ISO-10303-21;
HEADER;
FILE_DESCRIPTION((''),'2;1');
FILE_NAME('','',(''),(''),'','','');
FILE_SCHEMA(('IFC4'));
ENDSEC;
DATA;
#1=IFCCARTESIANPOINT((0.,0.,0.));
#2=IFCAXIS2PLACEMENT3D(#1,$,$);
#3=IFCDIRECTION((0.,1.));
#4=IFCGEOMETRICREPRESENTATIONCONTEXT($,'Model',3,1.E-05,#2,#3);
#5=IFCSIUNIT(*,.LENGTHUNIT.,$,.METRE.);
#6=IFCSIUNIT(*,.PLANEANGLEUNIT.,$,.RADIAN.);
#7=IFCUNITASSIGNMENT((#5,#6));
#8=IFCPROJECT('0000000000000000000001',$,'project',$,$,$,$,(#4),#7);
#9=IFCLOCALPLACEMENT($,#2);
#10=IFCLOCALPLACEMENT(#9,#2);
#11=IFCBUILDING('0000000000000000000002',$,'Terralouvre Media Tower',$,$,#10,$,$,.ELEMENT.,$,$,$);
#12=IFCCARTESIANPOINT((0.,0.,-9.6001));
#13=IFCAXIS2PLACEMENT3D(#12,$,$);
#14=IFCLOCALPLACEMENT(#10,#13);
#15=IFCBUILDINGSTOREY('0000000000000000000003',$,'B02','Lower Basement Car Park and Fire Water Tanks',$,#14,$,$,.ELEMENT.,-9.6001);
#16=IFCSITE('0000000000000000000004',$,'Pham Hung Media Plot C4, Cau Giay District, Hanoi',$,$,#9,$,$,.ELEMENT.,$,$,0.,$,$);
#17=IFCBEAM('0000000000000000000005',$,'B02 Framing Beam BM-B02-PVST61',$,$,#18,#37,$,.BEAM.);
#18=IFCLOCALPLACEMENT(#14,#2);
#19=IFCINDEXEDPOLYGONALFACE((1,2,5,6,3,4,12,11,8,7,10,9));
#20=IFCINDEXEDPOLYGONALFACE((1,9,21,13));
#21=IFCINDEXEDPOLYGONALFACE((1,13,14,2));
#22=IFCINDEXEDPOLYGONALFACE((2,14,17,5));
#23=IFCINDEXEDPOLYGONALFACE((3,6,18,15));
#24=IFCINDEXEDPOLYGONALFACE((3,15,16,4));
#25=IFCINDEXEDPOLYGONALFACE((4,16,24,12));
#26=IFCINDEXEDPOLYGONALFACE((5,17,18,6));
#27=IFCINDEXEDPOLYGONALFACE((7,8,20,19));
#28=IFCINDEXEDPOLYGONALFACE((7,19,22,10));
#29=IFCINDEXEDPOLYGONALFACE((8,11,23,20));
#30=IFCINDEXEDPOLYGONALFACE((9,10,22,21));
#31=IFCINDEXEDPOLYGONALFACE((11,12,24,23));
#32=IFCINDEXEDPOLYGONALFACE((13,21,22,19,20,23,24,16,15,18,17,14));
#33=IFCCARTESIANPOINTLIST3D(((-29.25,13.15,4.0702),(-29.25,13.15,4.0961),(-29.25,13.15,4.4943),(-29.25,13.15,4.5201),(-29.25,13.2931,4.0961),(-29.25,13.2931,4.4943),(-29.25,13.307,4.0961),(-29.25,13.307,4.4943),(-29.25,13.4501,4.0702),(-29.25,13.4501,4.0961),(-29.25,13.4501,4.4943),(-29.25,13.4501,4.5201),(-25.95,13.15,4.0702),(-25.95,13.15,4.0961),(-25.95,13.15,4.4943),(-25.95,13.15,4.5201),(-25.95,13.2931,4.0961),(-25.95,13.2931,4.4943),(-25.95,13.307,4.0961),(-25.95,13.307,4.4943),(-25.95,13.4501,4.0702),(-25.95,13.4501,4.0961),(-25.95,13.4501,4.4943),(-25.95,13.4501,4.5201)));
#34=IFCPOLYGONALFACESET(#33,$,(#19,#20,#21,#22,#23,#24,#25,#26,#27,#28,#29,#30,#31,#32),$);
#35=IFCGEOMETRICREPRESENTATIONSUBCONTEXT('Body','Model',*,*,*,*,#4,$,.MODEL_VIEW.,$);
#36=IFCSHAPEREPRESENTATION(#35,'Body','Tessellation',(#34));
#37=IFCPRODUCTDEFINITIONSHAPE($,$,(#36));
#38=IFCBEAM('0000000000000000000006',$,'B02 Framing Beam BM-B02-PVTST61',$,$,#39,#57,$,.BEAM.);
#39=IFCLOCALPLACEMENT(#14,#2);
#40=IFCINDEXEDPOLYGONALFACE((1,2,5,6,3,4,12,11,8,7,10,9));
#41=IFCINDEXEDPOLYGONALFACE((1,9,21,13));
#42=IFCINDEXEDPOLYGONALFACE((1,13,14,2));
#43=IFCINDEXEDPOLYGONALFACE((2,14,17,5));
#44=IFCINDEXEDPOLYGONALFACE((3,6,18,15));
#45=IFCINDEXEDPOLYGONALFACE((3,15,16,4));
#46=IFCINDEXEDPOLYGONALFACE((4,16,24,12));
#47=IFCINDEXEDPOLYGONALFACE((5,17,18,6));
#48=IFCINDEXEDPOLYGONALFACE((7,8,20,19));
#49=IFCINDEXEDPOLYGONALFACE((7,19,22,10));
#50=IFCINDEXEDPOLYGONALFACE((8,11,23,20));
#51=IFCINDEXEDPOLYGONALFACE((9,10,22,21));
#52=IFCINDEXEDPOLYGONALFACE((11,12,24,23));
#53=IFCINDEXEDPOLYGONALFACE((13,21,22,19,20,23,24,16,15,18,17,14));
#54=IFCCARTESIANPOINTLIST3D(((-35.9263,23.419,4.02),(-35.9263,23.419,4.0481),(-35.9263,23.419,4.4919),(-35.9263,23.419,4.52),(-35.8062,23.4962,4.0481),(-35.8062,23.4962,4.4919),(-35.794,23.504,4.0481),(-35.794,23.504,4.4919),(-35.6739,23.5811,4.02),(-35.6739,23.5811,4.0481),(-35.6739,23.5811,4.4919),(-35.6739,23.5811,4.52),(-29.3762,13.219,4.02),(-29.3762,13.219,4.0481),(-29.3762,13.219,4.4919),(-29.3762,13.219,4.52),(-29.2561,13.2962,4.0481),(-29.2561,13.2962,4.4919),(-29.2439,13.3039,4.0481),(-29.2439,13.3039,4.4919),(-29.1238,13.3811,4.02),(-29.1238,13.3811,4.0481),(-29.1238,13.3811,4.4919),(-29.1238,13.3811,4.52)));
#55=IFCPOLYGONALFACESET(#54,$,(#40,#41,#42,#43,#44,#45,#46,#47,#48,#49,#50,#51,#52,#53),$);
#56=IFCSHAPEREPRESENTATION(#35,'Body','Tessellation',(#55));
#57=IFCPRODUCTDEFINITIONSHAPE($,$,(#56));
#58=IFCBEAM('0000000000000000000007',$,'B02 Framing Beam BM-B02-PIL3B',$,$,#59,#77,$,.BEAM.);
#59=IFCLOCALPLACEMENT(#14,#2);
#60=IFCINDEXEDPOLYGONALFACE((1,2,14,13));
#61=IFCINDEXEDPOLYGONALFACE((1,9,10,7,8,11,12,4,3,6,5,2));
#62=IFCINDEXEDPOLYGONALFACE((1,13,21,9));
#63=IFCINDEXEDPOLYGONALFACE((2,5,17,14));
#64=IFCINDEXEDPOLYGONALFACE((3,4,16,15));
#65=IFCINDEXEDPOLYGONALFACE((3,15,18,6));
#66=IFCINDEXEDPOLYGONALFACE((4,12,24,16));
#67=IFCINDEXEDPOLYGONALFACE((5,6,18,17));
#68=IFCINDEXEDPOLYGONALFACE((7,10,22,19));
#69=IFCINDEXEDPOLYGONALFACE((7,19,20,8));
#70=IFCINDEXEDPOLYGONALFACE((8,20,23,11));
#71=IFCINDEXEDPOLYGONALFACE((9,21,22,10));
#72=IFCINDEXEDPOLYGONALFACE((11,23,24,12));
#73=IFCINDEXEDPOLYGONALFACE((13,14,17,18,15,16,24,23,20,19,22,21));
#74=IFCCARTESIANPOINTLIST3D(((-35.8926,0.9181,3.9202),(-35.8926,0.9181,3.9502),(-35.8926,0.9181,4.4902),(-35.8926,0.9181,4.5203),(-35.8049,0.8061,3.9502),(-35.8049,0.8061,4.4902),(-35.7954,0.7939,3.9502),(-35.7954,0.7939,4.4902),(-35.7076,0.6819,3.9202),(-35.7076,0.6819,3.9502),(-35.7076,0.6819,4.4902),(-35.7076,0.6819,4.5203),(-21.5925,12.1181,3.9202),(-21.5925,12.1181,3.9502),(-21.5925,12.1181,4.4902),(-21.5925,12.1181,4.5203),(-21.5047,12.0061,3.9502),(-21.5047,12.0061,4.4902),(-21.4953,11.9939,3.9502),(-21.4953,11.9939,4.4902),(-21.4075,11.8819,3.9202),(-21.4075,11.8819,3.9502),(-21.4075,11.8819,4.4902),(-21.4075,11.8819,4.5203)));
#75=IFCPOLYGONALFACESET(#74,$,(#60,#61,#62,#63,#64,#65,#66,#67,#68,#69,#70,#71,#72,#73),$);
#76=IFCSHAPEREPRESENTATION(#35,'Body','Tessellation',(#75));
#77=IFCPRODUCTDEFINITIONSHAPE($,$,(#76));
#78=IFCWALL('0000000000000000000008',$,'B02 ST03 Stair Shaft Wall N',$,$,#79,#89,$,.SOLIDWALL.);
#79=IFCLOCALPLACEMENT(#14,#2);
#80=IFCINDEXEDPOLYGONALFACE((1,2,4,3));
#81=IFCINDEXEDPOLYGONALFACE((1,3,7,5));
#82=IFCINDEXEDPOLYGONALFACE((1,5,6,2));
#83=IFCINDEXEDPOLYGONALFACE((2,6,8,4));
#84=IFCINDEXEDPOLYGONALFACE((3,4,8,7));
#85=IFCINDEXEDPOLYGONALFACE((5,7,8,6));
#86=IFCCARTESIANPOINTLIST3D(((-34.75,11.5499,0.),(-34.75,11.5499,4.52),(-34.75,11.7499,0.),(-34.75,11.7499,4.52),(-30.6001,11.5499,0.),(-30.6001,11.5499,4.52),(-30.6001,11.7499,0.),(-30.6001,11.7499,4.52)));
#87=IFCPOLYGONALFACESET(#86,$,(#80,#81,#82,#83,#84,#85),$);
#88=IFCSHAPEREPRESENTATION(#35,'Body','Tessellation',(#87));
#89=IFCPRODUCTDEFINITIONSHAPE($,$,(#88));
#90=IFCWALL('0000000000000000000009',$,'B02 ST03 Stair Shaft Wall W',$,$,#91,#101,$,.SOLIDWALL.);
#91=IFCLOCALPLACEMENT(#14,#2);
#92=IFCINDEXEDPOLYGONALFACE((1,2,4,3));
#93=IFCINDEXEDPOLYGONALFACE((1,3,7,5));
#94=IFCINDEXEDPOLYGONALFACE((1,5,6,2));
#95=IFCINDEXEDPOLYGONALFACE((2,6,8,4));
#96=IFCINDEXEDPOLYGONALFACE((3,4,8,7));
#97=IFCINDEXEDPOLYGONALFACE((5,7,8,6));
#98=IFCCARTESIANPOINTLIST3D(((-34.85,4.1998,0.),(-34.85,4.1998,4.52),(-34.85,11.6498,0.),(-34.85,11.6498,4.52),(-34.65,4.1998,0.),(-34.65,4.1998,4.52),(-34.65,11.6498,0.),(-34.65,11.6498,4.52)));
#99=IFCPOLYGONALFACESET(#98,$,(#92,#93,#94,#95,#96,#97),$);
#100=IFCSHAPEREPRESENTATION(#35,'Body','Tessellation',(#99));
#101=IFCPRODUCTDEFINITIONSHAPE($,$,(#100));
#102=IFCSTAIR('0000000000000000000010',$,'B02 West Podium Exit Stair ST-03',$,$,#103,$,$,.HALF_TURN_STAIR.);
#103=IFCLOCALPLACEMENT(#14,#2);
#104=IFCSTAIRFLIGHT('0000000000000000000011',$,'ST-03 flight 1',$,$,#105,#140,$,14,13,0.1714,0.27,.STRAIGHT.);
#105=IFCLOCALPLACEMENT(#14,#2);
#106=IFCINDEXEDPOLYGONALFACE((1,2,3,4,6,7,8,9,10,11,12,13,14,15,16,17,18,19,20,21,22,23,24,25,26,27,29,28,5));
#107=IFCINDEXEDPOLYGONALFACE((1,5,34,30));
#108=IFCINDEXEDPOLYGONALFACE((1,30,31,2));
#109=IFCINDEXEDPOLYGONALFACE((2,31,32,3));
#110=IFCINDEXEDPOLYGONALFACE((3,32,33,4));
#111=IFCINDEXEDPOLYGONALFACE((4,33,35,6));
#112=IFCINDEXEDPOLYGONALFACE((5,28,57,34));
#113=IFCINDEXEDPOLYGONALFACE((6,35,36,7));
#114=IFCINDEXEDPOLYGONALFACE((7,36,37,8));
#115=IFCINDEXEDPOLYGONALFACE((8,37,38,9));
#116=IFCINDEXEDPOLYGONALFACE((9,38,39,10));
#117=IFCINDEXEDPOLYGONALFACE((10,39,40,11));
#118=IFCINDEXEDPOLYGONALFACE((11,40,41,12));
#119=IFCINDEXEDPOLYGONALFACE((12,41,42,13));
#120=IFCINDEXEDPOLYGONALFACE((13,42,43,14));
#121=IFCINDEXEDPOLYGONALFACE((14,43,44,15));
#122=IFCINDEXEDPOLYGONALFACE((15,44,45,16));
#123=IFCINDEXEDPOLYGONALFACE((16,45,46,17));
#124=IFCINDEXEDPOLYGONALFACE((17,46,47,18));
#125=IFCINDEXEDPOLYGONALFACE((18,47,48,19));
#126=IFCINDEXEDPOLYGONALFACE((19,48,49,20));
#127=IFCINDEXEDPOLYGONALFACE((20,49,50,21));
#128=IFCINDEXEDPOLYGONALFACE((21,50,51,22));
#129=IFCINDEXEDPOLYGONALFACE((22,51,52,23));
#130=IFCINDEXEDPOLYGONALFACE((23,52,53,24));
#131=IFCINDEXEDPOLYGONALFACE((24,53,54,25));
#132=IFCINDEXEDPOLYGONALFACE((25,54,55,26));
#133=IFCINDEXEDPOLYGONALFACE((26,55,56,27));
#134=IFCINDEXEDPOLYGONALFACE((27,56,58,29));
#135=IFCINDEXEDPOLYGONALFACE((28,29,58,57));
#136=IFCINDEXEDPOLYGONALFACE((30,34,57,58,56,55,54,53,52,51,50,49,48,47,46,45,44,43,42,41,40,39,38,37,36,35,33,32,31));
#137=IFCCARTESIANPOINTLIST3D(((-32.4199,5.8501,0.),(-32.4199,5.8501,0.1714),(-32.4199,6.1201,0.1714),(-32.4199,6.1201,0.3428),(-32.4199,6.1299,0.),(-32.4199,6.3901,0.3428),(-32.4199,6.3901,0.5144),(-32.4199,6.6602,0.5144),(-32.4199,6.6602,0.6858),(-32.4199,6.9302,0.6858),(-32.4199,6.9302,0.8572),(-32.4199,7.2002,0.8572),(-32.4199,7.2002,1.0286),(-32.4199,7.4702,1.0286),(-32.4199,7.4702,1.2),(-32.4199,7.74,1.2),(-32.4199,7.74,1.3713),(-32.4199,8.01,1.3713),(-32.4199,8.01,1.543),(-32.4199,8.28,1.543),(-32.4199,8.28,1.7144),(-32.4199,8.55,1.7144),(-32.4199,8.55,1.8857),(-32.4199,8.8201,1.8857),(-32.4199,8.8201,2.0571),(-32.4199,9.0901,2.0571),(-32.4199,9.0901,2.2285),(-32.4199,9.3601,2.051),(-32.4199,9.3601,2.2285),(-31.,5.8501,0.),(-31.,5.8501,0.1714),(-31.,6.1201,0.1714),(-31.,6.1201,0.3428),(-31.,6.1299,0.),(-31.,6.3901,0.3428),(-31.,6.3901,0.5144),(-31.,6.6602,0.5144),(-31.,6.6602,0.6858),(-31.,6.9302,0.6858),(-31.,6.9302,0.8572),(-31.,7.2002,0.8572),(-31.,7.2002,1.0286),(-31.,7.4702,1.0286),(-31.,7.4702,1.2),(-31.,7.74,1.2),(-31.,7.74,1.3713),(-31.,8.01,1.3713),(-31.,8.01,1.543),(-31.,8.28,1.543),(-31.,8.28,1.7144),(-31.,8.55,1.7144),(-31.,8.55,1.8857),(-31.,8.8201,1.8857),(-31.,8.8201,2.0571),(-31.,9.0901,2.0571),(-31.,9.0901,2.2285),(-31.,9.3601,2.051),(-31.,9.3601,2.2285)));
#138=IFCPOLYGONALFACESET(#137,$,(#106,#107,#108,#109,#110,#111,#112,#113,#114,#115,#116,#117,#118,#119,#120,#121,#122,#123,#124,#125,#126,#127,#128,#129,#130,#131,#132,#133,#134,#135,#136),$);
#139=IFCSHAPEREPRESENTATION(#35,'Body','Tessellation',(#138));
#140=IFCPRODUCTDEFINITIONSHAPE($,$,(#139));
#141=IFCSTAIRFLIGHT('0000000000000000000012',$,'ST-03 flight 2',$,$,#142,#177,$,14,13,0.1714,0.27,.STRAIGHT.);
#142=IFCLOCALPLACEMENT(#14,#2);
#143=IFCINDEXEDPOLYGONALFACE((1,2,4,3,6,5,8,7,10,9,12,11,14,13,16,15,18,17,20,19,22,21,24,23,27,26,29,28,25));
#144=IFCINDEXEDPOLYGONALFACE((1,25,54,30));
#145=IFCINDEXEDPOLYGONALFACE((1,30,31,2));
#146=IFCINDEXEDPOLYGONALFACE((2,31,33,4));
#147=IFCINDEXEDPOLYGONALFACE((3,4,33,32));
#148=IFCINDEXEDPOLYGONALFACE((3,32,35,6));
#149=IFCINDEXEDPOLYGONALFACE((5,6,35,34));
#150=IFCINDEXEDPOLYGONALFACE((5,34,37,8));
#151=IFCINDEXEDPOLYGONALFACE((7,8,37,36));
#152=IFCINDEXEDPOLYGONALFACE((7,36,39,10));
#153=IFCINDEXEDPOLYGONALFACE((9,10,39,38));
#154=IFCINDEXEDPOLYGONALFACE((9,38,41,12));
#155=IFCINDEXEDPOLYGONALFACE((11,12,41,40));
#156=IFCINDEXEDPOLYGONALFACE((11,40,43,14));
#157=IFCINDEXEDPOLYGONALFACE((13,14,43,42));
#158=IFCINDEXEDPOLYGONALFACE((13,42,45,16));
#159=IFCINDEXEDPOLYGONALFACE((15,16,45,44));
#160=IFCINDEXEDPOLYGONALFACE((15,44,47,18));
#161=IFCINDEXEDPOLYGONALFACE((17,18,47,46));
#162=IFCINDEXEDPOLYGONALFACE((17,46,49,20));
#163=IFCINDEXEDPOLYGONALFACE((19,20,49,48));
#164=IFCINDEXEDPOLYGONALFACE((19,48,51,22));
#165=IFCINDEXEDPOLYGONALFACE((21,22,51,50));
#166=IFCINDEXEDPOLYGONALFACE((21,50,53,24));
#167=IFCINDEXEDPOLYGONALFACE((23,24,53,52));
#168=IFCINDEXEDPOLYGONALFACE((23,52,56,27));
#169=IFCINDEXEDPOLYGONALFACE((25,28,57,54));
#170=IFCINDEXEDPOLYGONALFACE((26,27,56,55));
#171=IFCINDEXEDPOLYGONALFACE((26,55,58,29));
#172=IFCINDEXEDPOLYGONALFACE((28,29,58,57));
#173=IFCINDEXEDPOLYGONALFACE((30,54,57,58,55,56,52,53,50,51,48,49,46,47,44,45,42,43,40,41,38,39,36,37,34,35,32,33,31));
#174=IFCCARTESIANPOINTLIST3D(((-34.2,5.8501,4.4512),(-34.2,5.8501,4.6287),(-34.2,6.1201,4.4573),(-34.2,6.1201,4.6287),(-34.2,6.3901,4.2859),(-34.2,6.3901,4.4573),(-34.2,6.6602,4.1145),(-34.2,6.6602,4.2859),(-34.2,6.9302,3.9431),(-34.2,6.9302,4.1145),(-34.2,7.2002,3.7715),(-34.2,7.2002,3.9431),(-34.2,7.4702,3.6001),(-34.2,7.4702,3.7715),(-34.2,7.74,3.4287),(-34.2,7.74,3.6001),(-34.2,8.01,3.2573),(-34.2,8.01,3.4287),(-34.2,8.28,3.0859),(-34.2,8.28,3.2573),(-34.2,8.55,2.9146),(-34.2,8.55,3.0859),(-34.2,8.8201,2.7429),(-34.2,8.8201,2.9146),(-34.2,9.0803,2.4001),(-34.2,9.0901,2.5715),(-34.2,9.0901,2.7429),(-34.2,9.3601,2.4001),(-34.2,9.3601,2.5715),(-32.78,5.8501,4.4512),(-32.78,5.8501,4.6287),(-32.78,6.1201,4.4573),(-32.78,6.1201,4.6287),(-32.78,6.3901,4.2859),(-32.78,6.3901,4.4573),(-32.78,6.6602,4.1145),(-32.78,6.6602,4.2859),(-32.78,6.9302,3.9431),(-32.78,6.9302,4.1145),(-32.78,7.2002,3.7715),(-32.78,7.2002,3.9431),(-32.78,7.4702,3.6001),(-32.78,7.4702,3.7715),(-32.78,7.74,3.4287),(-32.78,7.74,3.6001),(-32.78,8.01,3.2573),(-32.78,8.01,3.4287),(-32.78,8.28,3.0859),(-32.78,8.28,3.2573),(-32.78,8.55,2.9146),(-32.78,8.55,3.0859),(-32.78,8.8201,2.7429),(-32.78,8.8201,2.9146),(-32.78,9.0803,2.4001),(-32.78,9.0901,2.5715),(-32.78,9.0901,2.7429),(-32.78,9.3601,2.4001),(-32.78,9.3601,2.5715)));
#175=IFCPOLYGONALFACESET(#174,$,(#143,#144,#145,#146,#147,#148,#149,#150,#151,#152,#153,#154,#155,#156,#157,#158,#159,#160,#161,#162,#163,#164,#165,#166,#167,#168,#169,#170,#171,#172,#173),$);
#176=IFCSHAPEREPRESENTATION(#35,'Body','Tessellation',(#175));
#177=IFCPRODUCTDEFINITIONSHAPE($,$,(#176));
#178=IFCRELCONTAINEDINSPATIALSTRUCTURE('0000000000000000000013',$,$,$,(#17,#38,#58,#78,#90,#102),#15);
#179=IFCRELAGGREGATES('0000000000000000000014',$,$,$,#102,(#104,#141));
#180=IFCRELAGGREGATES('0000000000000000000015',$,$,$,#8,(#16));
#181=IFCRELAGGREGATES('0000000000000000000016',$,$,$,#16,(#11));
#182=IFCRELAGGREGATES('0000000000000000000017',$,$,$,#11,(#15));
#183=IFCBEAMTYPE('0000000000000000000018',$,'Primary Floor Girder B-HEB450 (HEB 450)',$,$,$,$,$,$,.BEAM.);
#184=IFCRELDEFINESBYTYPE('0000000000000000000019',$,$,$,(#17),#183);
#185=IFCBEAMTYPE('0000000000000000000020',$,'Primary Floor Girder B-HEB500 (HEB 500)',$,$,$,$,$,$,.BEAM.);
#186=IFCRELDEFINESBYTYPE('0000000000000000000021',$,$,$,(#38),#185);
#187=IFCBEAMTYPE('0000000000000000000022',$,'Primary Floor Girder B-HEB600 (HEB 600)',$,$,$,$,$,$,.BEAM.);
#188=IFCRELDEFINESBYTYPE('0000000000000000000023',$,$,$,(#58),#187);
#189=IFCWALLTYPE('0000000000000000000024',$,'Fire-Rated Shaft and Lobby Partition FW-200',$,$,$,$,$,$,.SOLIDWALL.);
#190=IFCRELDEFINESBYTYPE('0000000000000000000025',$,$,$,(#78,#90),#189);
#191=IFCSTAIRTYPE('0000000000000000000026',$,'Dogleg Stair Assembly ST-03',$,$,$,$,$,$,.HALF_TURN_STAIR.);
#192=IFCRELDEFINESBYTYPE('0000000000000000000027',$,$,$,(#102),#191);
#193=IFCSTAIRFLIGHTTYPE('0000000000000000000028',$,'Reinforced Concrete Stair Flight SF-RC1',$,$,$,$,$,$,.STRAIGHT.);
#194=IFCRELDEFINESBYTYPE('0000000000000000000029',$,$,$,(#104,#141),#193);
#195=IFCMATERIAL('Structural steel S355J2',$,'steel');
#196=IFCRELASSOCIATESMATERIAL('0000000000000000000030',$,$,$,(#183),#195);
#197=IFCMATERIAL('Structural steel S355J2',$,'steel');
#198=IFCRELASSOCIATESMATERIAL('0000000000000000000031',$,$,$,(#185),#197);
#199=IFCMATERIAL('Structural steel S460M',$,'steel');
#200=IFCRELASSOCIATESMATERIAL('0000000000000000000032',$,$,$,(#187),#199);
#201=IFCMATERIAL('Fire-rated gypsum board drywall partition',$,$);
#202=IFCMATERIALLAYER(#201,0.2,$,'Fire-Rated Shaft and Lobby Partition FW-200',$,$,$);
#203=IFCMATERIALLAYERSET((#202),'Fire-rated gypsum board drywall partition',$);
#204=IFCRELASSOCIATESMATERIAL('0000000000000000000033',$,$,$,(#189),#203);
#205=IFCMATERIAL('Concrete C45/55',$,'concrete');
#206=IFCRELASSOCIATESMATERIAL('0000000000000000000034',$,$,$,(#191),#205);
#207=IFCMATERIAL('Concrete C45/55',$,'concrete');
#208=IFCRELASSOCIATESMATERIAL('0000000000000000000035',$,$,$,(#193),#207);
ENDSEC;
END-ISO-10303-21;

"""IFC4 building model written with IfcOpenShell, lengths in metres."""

from ifc_helpers import new_model, si_unit, direction, frame, frame_2d, origin, origin_2d, place, context, subcontext, project, spatial, polyline, rectangle, i_section, outline, extrude, material, layer, layer_set, material_profile, profile_set, type_object, element, aggregate, save


model = new_model("IFC4")

# Units and contexts
model_context = context("Model", 3, precision=1e-05, world=origin(), true_north=direction((0.0, 1.0)))
body_context = subcontext(model_context, "Body", "Model", "MODEL_VIEW")
ifc_project = project(units=[si_unit("LENGTHUNIT", "METRE"), si_unit("PLANEANGLEUNIT", "RADIAN")], contexts=[model_context])

# Site, building, storey
site_placement = place(None, origin())
site = spatial("IfcSite", under=ifc_project, at=site_placement, Name="Pham Hung Media Plot C4, Cau Giay District, Hanoi", CompositionType="ELEMENT", RefElevation=0.0)
building_placement = place(site_placement, origin())
building = spatial("IfcBuilding", under=site, at=building_placement, Name="Terralouvre Media Tower", CompositionType="ELEMENT")
storey_placement = place(building_placement, frame((0.0, 0.0, -9.6001)))
storey = spatial("IfcBuildingStorey", under=building, at=storey_placement, Name="B02", Description="Lower Basement Car Park and Fire Water Tanks", CompositionType="ELEMENT", Elevation=-9.6001)

# Beams
ifc_material_1 = material(Name="Structural steel S355J2", Category="steel")
ifc_material_profile_1 = material_profile(ifc_material_1, i_section(OverallWidth=0.3, OverallDepth=0.45, WebThickness=0.0139, FlangeThickness=0.0259, at=origin_2d()), Name="HEB 450")
ifc_profile_set_1 = profile_set([ifc_material_profile_1], Name="Structural steel S355J2")
beam_type_1 = type_object("IfcBeamType", Name="Primary Floor Girder B-HEB450 (HEB 450)", PredefinedType="BEAM", material=ifc_profile_set_1)
beam_1_placement = place(storey_placement, frame((-29.25, 13.3, 4.2952), z_axis=(1.0, 0.0, 0.0), x_axis=(0.0, 1.0, 0.0)))
element("IfcBeam", 1, at=beam_1_placement, inside=storey, type_object=beam_type_1, Name="B02 Framing Beam BM-B02-PVST61", PredefinedType="BEAM", context=body_context, shape_type="SweptSolid", body=[
    extrude(i_section(OverallWidth=0.3, OverallDepth=0.45, WebThickness=0.0139, FlangeThickness=0.0259, at=origin_2d()), origin(), (0.0, 0.0, 1.0), 3.3),
])
ifc_material_2 = material(Name="Structural steel S355J2", Category="steel")
ifc_material_profile_2 = material_profile(ifc_material_2, i_section(OverallWidth=0.3, OverallDepth=0.5, WebThickness=0.0144, FlangeThickness=0.0281, at=origin_2d()), Name="HEB 500")
ifc_profile_set_2 = profile_set([ifc_material_profile_2], Name="Structural steel S355J2")
beam_type_2 = type_object("IfcBeamType", Name="Primary Floor Girder B-HEB500 (HEB 500)", PredefinedType="BEAM", material=ifc_profile_set_2)
beam_2_placement = place(storey_placement, frame((-29.25, 13.3, 4.27), z_axis=(-0.540345, 0.841443, 0.0), x_axis=(-0.841443, -0.540345, 0.0)))
element("IfcBeam", 2, at=beam_2_placement, inside=storey, type_object=beam_type_2, Name="B02 Framing Beam BM-B02-PVTST61", PredefinedType="BEAM", context=body_context, shape_type="SweptSolid", body=[
    extrude(i_section(OverallWidth=0.3, OverallDepth=0.5, WebThickness=0.0144, FlangeThickness=0.0281, at=origin_2d()), origin(), (0.0, 0.0, 1.0), 12.1221),
])
ifc_material_3 = material(Name="Structural steel S460M", Category="steel")
ifc_material_profile_3 = material_profile(ifc_material_3, i_section(OverallWidth=0.3, OverallDepth=0.6001, WebThickness=0.0154, FlangeThickness=0.03, at=origin_2d()), Name="HEB 600")
ifc_profile_set_3 = profile_set([ifc_material_profile_3], Name="Structural steel S460M")
beam_type_3 = type_object("IfcBeamType", Name="Primary Floor Girder B-HEB600 (HEB 600)", PredefinedType="BEAM", material=ifc_profile_set_3)
beam_3_placement = place(storey_placement, frame((-21.5, 12.0, 4.2202), z_axis=(-0.787275, -0.616602, 0.0), x_axis=(0.616602, -0.787275, 0.0)))
element("IfcBeam", 3, at=beam_3_placement, inside=storey, type_object=beam_type_3, Name="B02 Framing Beam BM-B02-PIL3B", PredefinedType="BEAM", context=body_context, shape_type="SweptSolid", body=[
    extrude(i_section(OverallWidth=0.3, OverallDepth=0.6001, WebThickness=0.0154, FlangeThickness=0.03, at=origin_2d()), origin(), (0.0, 0.0, 1.0), 18.1641),
])

# Walls
ifc_material_4 = material(Name="Fire-rated gypsum board drywall partition")
ifc_layer_1 = layer(ifc_material_4, 0.2, Name="Fire-Rated Shaft and Lobby Partition FW-200")
ifc_layer_set_1 = layer_set([ifc_layer_1], Name="Fire-rated gypsum board drywall partition")
wall_type = type_object("IfcWallType", Name="Fire-Rated Shaft and Lobby Partition FW-200", PredefinedType="SOLIDWALL", material=ifc_layer_set_1)
wall_1_placement = place(storey_placement, frame((-30.6001, 11.6499, 0.0), z_axis=(0.0, 0.0, 1.0), x_axis=(-1.0, 0.0, 0.0)))
element("IfcWall", 4, at=wall_1_placement, inside=storey, type_object=wall_type, Name="B02 ST03 Stair Shaft Wall N", PredefinedType="SOLIDWALL", context=body_context, shape_type="SweptSolid", body=[
    extrude(rectangle(XDim=4.1499, YDim=0.2, at=frame_2d((2.075, 0.0))), origin(), (0.0, 0.0, 1.0), 4.52),
])
wall_2_placement = place(storey_placement, frame((-34.75, 11.6499, 0.0), z_axis=(0.0, 0.0, 1.0), x_axis=(0.0, -1.0, 0.0)))
element("IfcWall", 5, at=wall_2_placement, inside=storey, type_object=wall_type, Name="B02 ST03 Stair Shaft Wall W", PredefinedType="SOLIDWALL", context=body_context, shape_type="SweptSolid", body=[
    extrude(rectangle(XDim=7.45, YDim=0.2, at=frame_2d((3.7251, 0.0))), origin(), (0.0, 0.0, 1.0), 4.52),
])

# Stair, stair flights
ifc_material_5 = material(Name="Concrete C45/55", Category="concrete")
stair_type = type_object("IfcStairType", Name="Dogleg Stair Assembly ST-03", PredefinedType="HALF_TURN_STAIR", material=ifc_material_5)
stair_placement = place(storey_placement, origin())
stair = element("IfcStair", 6, at=stair_placement, inside=storey, type_object=stair_type, Name="B02 West Podium Exit Stair ST-03", PredefinedType="HALF_TURN_STAIR")
ifc_material_6 = material(Name="Concrete C45/55", Category="concrete")
stair_flight_type = type_object("IfcStairFlightType", Name="Reinforced Concrete Stair Flight SF-RC1", PredefinedType="STRAIGHT", material=ifc_material_6)
stair_flight_1_placement = place(storey_placement, frame((-31.71, 5.8501, 0.0), z_axis=(0.0, 0.0, 1.0), x_axis=(0.0, 1.0, 0.0)))
stair_flight_1 = element("IfcStairFlight", 7, at=stair_flight_1_placement, type_object=stair_flight_type, Name="ST-03 flight 1", NumberOfRisers=14, NumberOfTreads=13, PredefinedType="STRAIGHT", RiserHeight=0.1714, TreadLength=0.27, context=body_context, shape_type="SweptSolid", body=[
    extrude(outline(polyline([(0.0, 0.0), (0.0, 0.1714), (0.27, 0.1714), (0.27, 0.3428), (0.54, 0.3428), (0.54, 0.5144), (0.8101, 0.5144), (0.8101, 0.6858), (1.0801, 0.6858), (1.0801, 0.8572), (1.3501, 0.8572), (1.3501, 1.0286), (1.6201, 1.0286), (1.6201, 1.2), (1.8899, 1.2), (1.8899, 1.3713), (2.1599, 1.3713), (2.1599, 1.543), (2.4299, 1.543), (2.4299, 1.7144), (2.7, 1.7144), (2.7, 1.8857), (2.97, 1.8857), (2.97, 2.0571), (3.24, 2.0571), (3.24, 2.2285), (3.51, 2.2285), (3.51, 2.3999), (3.51, 2.051), (0.2798, 0.0), (0.0, 0.0)])), frame((0.0, 0.71, 0.0), z_axis=(0.0, -1.0, 0.0), x_axis=(1.0, 0.0, 0.0)), (0.0, 0.0, 1.0), 1.4199),
])
stair_flight_2_placement = place(storey_placement, frame((-33.49, 9.3601, 2.4001), z_axis=(0.0, 0.0, 1.0), x_axis=(0.0, -1.0, 0.0)))
stair_flight_2 = element("IfcStairFlight", 8, at=stair_flight_2_placement, type_object=stair_flight_type, Name="ST-03 flight 2", NumberOfRisers=14, NumberOfTreads=13, PredefinedType="STRAIGHT", RiserHeight=0.1714, TreadLength=0.27, context=body_context, shape_type="SweptSolid", body=[
    extrude(outline(polyline([(0.0, 0.0), (0.0, 0.1714), (0.27, 0.1714), (0.27, 0.3428), (0.54, 0.3428), (0.54, 0.5144), (0.8101, 0.5144), (0.8101, 0.6858), (1.0801, 0.6858), (1.0801, 0.8572), (1.3501, 0.8572), (1.3501, 1.0286), (1.6201, 1.0286), (1.6201, 1.2), (1.8899, 1.2), (1.8899, 1.3713), (2.1599, 1.3713), (2.1599, 1.543), (2.4299, 1.543), (2.4299, 1.7144), (2.7, 1.7144), (2.7, 1.8857), (2.97, 1.8857), (2.97, 2.0571), (3.24, 2.0571), (3.24, 2.2285), (3.51, 2.2285), (3.51, 2.3999), (3.51, 2.051), (0.2798, 0.0), (0.0, 0.0)])), frame((0.0, 0.71, 0.0), z_axis=(0.0, -1.0, 0.0), x_axis=(1.0, 0.0, 0.0)), (0.0, 0.0, 1.0), 1.4199),
])
aggregate(stair, [stair_flight_1, stair_flight_2])

save(model, "model.ifc")
